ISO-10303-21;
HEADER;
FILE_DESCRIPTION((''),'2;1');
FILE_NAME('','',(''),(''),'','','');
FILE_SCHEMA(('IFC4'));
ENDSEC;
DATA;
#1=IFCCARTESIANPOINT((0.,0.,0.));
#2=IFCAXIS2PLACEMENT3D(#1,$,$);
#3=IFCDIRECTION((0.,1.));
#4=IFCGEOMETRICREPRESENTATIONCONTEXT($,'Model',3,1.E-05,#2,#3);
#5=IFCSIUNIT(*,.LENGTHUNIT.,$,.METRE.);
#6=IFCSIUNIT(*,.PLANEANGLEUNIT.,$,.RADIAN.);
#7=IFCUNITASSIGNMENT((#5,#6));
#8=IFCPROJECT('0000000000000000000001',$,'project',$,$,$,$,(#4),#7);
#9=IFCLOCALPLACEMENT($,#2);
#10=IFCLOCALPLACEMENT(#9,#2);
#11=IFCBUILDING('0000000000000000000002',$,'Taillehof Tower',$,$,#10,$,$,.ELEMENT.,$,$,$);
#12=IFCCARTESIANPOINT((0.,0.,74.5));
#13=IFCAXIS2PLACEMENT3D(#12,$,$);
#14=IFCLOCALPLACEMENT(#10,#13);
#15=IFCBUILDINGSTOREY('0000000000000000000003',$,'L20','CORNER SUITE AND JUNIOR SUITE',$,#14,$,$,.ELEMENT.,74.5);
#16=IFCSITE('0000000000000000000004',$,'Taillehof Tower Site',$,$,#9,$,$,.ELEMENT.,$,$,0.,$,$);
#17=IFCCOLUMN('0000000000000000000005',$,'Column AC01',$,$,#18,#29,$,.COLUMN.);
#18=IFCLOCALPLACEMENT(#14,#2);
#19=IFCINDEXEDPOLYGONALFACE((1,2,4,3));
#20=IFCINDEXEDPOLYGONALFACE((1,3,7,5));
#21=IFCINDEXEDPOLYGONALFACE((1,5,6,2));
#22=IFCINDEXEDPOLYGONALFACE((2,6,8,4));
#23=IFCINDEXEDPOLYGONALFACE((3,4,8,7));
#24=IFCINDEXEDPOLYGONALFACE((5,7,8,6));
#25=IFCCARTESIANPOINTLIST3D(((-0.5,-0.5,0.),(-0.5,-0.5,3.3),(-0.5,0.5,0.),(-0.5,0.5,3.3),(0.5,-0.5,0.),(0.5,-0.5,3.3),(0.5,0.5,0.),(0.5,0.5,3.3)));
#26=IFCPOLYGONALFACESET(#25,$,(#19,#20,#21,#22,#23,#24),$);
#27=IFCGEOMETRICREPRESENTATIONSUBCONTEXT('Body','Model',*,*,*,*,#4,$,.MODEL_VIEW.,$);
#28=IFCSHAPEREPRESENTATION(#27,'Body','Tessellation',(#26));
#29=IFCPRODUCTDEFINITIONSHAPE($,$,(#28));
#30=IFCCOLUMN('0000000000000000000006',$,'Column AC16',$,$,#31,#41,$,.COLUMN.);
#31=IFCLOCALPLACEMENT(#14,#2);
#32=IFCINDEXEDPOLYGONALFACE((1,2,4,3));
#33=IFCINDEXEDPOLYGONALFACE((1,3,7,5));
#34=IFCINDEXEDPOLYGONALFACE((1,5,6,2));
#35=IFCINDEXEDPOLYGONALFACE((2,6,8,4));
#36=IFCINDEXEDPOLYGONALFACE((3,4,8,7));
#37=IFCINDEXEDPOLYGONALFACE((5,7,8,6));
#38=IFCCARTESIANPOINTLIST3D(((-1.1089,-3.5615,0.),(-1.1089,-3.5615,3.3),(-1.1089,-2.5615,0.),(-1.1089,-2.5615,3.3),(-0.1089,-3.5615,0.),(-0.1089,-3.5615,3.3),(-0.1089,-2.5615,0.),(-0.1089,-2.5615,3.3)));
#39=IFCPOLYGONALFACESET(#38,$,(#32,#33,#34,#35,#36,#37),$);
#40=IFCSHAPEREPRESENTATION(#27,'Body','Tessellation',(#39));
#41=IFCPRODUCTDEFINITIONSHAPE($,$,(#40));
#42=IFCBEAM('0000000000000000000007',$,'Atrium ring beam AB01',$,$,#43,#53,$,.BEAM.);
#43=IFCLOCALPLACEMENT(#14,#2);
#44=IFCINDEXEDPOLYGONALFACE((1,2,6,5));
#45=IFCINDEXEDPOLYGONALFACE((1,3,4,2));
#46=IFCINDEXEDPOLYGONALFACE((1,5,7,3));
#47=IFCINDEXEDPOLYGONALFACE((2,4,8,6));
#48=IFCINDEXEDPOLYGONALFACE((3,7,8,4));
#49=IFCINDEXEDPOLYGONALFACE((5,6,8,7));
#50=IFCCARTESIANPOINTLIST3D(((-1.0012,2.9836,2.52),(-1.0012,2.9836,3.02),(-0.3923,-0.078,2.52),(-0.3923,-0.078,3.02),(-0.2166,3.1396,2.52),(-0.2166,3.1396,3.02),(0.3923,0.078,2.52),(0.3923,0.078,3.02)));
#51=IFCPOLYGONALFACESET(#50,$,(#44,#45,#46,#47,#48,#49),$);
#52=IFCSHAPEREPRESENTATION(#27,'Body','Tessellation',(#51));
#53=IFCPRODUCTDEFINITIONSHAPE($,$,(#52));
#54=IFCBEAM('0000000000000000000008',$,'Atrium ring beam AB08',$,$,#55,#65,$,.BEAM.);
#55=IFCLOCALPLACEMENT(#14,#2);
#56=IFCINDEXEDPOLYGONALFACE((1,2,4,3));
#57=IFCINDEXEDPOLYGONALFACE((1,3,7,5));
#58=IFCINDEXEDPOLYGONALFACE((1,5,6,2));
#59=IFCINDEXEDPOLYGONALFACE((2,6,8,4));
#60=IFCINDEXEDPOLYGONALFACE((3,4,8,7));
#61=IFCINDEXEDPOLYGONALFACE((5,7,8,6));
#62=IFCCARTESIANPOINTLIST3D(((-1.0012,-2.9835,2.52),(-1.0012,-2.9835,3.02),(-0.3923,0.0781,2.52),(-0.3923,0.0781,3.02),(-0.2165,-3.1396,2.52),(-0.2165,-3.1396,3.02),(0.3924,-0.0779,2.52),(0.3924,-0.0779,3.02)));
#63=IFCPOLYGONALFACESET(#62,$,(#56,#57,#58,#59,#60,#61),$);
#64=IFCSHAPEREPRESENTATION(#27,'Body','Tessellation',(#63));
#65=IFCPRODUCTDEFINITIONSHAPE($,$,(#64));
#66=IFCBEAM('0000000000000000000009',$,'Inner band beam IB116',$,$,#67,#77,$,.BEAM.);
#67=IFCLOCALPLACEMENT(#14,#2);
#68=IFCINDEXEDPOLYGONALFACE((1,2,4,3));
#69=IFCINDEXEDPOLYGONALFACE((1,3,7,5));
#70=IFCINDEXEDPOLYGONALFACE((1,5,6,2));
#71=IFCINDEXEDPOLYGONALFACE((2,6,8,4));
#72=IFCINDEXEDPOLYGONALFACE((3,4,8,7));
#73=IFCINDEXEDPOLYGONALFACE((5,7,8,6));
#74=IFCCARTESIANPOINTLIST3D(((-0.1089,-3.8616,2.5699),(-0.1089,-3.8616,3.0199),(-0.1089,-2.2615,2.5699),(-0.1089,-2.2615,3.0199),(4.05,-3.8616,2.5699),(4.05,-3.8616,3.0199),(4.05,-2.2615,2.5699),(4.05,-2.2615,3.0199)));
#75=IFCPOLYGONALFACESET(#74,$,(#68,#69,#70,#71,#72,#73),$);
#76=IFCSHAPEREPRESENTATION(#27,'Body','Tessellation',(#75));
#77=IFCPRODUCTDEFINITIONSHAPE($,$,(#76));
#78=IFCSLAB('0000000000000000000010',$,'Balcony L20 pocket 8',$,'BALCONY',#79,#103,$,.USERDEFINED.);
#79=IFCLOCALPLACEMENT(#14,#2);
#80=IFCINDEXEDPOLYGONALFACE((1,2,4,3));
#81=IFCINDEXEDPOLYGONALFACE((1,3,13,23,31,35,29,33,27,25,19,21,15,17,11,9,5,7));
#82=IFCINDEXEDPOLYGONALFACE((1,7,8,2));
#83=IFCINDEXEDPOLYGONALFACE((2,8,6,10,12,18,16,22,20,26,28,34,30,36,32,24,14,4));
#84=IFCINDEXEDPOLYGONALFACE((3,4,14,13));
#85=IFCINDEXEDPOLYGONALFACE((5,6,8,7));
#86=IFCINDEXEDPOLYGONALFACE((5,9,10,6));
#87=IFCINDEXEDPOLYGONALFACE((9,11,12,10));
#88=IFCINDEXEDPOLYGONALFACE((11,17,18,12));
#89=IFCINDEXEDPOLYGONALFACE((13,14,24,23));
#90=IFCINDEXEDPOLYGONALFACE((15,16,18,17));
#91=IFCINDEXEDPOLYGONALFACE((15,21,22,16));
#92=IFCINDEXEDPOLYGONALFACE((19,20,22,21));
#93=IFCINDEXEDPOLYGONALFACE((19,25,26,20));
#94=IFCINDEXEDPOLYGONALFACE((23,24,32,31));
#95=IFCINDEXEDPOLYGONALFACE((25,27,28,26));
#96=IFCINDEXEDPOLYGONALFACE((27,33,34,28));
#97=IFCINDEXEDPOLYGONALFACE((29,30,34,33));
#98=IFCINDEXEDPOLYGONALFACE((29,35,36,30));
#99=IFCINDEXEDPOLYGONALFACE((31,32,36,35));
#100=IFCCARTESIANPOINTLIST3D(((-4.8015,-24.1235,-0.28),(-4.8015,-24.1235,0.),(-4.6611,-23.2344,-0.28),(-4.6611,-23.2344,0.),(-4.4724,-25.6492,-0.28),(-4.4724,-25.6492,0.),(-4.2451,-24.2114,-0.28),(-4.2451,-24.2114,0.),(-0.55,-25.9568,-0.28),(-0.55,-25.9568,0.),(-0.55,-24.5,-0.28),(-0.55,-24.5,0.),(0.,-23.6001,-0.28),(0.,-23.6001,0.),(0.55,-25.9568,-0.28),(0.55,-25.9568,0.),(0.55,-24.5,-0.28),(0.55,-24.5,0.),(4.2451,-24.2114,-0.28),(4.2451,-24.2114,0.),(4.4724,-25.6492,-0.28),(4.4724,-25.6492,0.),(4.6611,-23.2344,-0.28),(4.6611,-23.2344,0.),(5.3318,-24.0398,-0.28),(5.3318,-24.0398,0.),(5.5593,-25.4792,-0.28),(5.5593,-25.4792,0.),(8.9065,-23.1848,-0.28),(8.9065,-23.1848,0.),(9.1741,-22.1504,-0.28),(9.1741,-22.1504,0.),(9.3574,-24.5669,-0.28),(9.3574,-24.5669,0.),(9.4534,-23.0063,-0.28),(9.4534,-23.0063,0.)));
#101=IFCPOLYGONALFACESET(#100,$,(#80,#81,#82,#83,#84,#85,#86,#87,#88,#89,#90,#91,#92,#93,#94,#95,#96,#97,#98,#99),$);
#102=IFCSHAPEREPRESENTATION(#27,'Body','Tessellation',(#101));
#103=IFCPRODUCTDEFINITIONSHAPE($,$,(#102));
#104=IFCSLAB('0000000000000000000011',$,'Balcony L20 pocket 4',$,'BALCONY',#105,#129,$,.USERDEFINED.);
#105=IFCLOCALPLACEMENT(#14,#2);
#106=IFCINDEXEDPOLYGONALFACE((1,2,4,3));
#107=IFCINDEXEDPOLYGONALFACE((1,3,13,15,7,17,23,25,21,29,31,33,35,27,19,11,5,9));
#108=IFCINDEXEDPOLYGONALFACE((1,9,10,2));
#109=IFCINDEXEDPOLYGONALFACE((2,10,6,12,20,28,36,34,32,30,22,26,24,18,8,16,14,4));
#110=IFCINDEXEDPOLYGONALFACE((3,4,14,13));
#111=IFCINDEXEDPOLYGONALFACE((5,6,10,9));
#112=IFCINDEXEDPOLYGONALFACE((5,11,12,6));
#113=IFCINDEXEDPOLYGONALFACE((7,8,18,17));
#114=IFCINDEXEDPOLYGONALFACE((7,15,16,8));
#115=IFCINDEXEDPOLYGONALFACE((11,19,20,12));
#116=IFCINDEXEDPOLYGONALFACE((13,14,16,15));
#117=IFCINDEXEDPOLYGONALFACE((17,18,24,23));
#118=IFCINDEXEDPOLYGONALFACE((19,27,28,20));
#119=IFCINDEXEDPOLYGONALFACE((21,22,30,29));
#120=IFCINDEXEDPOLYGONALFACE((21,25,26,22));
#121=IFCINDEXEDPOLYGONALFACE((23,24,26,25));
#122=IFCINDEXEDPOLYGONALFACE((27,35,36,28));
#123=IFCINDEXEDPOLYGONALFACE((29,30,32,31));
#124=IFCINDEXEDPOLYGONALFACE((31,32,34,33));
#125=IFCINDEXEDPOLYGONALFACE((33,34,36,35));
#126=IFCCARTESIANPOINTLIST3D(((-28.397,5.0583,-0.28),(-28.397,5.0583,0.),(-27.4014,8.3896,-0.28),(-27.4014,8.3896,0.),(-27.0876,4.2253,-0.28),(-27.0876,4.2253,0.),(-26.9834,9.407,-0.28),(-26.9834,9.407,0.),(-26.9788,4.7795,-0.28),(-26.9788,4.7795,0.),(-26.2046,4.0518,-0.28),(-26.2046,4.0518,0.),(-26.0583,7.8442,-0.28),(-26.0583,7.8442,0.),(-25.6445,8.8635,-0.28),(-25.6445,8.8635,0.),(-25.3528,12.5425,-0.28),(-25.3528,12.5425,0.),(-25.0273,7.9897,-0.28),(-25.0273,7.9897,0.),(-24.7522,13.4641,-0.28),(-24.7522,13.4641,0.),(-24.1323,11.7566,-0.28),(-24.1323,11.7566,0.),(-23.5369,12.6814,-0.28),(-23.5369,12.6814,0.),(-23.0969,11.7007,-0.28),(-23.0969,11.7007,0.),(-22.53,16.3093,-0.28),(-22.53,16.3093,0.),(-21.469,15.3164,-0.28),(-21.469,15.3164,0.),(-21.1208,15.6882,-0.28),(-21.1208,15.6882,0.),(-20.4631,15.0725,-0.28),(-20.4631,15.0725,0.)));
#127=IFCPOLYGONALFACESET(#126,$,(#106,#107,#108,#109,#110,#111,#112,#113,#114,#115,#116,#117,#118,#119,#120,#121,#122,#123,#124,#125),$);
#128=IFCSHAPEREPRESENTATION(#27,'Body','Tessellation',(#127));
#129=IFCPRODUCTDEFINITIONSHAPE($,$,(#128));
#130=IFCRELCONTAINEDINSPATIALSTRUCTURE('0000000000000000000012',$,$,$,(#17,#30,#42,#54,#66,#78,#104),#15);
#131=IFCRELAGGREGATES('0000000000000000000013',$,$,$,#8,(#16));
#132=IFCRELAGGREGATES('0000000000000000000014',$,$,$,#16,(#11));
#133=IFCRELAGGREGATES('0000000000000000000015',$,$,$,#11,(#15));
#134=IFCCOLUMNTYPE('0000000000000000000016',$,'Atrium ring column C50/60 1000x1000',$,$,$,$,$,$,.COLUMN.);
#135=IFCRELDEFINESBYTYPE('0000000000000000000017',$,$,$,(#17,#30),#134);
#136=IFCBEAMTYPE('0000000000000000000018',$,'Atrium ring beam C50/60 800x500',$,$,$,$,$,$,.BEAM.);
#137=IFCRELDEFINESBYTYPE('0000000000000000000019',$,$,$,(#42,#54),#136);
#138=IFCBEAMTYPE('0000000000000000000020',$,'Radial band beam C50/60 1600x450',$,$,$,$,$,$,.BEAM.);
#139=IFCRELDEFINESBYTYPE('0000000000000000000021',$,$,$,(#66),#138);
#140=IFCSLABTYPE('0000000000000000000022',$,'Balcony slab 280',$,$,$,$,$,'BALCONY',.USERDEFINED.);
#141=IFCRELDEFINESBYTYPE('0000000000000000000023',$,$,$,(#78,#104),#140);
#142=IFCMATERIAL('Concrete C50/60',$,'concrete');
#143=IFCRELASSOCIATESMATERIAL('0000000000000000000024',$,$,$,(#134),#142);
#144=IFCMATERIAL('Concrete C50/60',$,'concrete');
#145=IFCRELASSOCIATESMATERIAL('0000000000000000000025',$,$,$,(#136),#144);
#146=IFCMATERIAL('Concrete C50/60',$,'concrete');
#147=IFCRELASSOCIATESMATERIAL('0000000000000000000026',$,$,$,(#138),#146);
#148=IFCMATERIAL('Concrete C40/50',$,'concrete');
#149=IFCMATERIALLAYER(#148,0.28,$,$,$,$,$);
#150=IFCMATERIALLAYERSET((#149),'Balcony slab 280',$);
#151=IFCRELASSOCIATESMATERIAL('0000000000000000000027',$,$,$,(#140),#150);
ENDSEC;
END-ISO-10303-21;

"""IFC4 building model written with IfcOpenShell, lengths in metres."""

from ifc_helpers import new_model, si_unit, direction, frame, origin, origin_2d, place, context, subcontext, project, spatial, polyline, rectangle, outline, extrude, material, layer, layer_set, material_profile, profile_set, type_object, element, save


model = new_model("IFC4")

# Units and contexts
model_context = context("Model", 3, precision=1e-05, world=origin(), true_north=direction((0.0, 1.0)))
body_context = subcontext(model_context, "Body", "Model", "MODEL_VIEW")
ifc_project = project(units=[si_unit("LENGTHUNIT", "METRE"), si_unit("PLANEANGLEUNIT", "RADIAN")], contexts=[model_context])

# Site, building, storey
site_placement = place(None, origin())
site = spatial("IfcSite", under=ifc_project, at=site_placement, Name="Taillehof Tower Site", CompositionType="ELEMENT", RefElevation=0.0)
building_placement = place(site_placement, origin())
building = spatial("IfcBuilding", under=site, at=building_placement, Name="Taillehof Tower", CompositionType="ELEMENT")
storey_placement = place(building_placement, frame((0.0, 0.0, 74.5)))
storey = spatial("IfcBuildingStorey", under=building, at=storey_placement, Name="L20", Description="CORNER SUITE AND JUNIOR SUITE", CompositionType="ELEMENT", Elevation=74.5)

# Columns
ifc_material_1 = material(Name="Concrete C50/60", Category="concrete")
ifc_material_profile_1 = material_profile(ifc_material_1, rectangle(XDim=1.0, YDim=1.0, at=origin_2d()), Name="RC 1000x1000")
ifc_profile_set_1 = profile_set([ifc_material_profile_1], Name="Concrete C50/60")
column_type = type_object("IfcColumnType", Name="Atrium ring column C50/60 1000x1000", PredefinedType="COLUMN", material=ifc_profile_set_1)
for number, where, z_axis, x_axis, name in (
    (1, (0.0, 0.0, 0.0), (0.0, 0.0, 1.0), (1.0, 0.0, 0.0), "Column AC01"),
    (2, (-0.6089, -3.0615, 0.0), (0.0, 0.0, 1.0), (1.0, 0.0, 0.0), "Column AC16"),
):
    element("IfcColumn", number, at=place(storey_placement, frame(where, z_axis=z_axis, x_axis=x_axis)), inside=storey, type_object=column_type, Name=name, PredefinedType="COLUMN", context=body_context, shape_type="SweptSolid", body=[
        extrude(rectangle(XDim=1.0, YDim=1.0, at=origin_2d()), origin(), (0.0, 0.0, 1.0), 3.3),
    ])

# Beams
ifc_material_2 = material(Name="Concrete C50/60", Category="concrete")
ifc_material_profile_2 = material_profile(ifc_material_2, rectangle(XDim=0.8, YDim=0.5, at=origin_2d()), Name="RC 800x500")
ifc_profile_set_2 = profile_set([ifc_material_profile_2], Name="Concrete C50/60")
beam_type_1 = type_object("IfcBeamType", Name="Atrium ring beam C50/60 800x500", PredefinedType="BEAM", material=ifc_profile_set_2)
for number, where, z_axis, x_axis, name in (
    (3, (0.0, 0.0, 2.77), (-0.195063, 0.980791, 0.0), (-0.980791, -0.195063, 0.0), "Atrium ring beam AB01"),
    (4, (-0.6089, -3.0615, 2.77), (0.195063, 0.980791, 0.0), (-0.980791, 0.195063, 0.0), "Atrium ring beam AB08"),
):
    element("IfcBeam", number, at=place(storey_placement, frame(where, z_axis=z_axis, x_axis=x_axis)), inside=storey, type_object=beam_type_1, Name=name, PredefinedType="BEAM", context=body_context, shape_type="SweptSolid", body=[
        extrude(rectangle(XDim=0.8, YDim=0.5, at=origin_2d()), origin(), (0.0, 0.0, 1.0), 3.1216),
    ])
ifc_material_3 = material(Name="Concrete C50/60", Category="concrete")
ifc_material_profile_3 = material_profile(ifc_material_3, rectangle(XDim=1.6001, YDim=0.45, at=origin_2d()), Name="RC 1600x450")
ifc_profile_set_3 = profile_set([ifc_material_profile_3], Name="Concrete C50/60")
beam_type_2 = type_object("IfcBeamType", Name="Radial band beam C50/60 1600x450", PredefinedType="BEAM", material=ifc_profile_set_3)
beam_placement = place(storey_placement, frame((-0.1089, -3.0615, 2.7949), z_axis=(1.0, 0.0, 0.0), x_axis=(0.0, 1.0, 0.0)))
element("IfcBeam", 5, at=beam_placement, inside=storey, type_object=beam_type_2, Name="Inner band beam IB116", PredefinedType="BEAM", context=body_context, shape_type="SweptSolid", body=[
    extrude(rectangle(XDim=1.6001, YDim=0.45, at=origin_2d()), origin(), (0.0, 0.0, 1.0), 4.1589),
])

# Slabs
ifc_material_4 = material(Name="Concrete C40/50", Category="concrete")
ifc_layer_1 = layer(ifc_material_4, 0.28)
ifc_layer_set_1 = layer_set([ifc_layer_1], Name="Balcony slab 280")
slab_type_1 = type_object("IfcSlabType", Name="Balcony slab 280", ElementType="BALCONY", PredefinedType="USERDEFINED", material=ifc_layer_set_1)
slab_1_placement = place(storey_placement, frame((0.0, 0.0, -0.28)))
element("IfcSlab", 6, at=slab_1_placement, inside=storey, type_object=slab_type_1, Name="Balcony L20 pocket 8", ObjectType="BALCONY", PredefinedType="USERDEFINED", context=body_context, shape_type="SweptSolid", body=[
    extrude(outline(polyline([(9.1741, -22.1504), (9.4534, -23.0063), (8.9065, -23.1848), (9.3574, -24.5669), (5.5593, -25.4792), (5.3318, -24.0398), (4.2451, -24.2114), (4.4724, -25.6492), (0.55, -25.9568), (0.55, -24.5), (-0.55, -24.5), (-0.55, -25.9568), (-4.4724, -25.6492), (-4.2451, -24.2114), (-4.8015, -24.1235), (-4.6611, -23.2344), (0.0, -23.6001), (4.6611, -23.2344), (9.1741, -22.1504)])), origin(), (0.0, 0.0, 1.0), 0.28),
])
slab_2_placement = place(storey_placement, frame((0.0, 0.0, -0.28)))
element("IfcSlab", 7, at=slab_2_placement, inside=storey, type_object=slab_type_1, Name="Balcony L20 pocket 4", ObjectType="BALCONY", PredefinedType="USERDEFINED", context=body_context, shape_type="SweptSolid", body=[
    extrude(outline(polyline([(-26.2046, 4.0518), (-27.0876, 4.2253), (-26.9788, 4.7795), (-28.397, 5.0583), (-27.4014, 8.3896), (-26.0583, 7.8442), (-25.6445, 8.8635), (-26.9834, 9.407), (-25.3528, 12.5425), (-24.1323, 11.7566), (-23.5369, 12.6814), (-24.7522, 13.4641), (-22.53, 16.3093), (-21.469, 15.3164), (-21.1208, 15.6882), (-20.4631, 15.0725), (-23.0969, 11.7007), (-25.0273, 7.9897), (-26.2046, 4.0518)])), origin(), (0.0, 0.0, 1.0), 0.28),
])

save(model, "model.ifc")
